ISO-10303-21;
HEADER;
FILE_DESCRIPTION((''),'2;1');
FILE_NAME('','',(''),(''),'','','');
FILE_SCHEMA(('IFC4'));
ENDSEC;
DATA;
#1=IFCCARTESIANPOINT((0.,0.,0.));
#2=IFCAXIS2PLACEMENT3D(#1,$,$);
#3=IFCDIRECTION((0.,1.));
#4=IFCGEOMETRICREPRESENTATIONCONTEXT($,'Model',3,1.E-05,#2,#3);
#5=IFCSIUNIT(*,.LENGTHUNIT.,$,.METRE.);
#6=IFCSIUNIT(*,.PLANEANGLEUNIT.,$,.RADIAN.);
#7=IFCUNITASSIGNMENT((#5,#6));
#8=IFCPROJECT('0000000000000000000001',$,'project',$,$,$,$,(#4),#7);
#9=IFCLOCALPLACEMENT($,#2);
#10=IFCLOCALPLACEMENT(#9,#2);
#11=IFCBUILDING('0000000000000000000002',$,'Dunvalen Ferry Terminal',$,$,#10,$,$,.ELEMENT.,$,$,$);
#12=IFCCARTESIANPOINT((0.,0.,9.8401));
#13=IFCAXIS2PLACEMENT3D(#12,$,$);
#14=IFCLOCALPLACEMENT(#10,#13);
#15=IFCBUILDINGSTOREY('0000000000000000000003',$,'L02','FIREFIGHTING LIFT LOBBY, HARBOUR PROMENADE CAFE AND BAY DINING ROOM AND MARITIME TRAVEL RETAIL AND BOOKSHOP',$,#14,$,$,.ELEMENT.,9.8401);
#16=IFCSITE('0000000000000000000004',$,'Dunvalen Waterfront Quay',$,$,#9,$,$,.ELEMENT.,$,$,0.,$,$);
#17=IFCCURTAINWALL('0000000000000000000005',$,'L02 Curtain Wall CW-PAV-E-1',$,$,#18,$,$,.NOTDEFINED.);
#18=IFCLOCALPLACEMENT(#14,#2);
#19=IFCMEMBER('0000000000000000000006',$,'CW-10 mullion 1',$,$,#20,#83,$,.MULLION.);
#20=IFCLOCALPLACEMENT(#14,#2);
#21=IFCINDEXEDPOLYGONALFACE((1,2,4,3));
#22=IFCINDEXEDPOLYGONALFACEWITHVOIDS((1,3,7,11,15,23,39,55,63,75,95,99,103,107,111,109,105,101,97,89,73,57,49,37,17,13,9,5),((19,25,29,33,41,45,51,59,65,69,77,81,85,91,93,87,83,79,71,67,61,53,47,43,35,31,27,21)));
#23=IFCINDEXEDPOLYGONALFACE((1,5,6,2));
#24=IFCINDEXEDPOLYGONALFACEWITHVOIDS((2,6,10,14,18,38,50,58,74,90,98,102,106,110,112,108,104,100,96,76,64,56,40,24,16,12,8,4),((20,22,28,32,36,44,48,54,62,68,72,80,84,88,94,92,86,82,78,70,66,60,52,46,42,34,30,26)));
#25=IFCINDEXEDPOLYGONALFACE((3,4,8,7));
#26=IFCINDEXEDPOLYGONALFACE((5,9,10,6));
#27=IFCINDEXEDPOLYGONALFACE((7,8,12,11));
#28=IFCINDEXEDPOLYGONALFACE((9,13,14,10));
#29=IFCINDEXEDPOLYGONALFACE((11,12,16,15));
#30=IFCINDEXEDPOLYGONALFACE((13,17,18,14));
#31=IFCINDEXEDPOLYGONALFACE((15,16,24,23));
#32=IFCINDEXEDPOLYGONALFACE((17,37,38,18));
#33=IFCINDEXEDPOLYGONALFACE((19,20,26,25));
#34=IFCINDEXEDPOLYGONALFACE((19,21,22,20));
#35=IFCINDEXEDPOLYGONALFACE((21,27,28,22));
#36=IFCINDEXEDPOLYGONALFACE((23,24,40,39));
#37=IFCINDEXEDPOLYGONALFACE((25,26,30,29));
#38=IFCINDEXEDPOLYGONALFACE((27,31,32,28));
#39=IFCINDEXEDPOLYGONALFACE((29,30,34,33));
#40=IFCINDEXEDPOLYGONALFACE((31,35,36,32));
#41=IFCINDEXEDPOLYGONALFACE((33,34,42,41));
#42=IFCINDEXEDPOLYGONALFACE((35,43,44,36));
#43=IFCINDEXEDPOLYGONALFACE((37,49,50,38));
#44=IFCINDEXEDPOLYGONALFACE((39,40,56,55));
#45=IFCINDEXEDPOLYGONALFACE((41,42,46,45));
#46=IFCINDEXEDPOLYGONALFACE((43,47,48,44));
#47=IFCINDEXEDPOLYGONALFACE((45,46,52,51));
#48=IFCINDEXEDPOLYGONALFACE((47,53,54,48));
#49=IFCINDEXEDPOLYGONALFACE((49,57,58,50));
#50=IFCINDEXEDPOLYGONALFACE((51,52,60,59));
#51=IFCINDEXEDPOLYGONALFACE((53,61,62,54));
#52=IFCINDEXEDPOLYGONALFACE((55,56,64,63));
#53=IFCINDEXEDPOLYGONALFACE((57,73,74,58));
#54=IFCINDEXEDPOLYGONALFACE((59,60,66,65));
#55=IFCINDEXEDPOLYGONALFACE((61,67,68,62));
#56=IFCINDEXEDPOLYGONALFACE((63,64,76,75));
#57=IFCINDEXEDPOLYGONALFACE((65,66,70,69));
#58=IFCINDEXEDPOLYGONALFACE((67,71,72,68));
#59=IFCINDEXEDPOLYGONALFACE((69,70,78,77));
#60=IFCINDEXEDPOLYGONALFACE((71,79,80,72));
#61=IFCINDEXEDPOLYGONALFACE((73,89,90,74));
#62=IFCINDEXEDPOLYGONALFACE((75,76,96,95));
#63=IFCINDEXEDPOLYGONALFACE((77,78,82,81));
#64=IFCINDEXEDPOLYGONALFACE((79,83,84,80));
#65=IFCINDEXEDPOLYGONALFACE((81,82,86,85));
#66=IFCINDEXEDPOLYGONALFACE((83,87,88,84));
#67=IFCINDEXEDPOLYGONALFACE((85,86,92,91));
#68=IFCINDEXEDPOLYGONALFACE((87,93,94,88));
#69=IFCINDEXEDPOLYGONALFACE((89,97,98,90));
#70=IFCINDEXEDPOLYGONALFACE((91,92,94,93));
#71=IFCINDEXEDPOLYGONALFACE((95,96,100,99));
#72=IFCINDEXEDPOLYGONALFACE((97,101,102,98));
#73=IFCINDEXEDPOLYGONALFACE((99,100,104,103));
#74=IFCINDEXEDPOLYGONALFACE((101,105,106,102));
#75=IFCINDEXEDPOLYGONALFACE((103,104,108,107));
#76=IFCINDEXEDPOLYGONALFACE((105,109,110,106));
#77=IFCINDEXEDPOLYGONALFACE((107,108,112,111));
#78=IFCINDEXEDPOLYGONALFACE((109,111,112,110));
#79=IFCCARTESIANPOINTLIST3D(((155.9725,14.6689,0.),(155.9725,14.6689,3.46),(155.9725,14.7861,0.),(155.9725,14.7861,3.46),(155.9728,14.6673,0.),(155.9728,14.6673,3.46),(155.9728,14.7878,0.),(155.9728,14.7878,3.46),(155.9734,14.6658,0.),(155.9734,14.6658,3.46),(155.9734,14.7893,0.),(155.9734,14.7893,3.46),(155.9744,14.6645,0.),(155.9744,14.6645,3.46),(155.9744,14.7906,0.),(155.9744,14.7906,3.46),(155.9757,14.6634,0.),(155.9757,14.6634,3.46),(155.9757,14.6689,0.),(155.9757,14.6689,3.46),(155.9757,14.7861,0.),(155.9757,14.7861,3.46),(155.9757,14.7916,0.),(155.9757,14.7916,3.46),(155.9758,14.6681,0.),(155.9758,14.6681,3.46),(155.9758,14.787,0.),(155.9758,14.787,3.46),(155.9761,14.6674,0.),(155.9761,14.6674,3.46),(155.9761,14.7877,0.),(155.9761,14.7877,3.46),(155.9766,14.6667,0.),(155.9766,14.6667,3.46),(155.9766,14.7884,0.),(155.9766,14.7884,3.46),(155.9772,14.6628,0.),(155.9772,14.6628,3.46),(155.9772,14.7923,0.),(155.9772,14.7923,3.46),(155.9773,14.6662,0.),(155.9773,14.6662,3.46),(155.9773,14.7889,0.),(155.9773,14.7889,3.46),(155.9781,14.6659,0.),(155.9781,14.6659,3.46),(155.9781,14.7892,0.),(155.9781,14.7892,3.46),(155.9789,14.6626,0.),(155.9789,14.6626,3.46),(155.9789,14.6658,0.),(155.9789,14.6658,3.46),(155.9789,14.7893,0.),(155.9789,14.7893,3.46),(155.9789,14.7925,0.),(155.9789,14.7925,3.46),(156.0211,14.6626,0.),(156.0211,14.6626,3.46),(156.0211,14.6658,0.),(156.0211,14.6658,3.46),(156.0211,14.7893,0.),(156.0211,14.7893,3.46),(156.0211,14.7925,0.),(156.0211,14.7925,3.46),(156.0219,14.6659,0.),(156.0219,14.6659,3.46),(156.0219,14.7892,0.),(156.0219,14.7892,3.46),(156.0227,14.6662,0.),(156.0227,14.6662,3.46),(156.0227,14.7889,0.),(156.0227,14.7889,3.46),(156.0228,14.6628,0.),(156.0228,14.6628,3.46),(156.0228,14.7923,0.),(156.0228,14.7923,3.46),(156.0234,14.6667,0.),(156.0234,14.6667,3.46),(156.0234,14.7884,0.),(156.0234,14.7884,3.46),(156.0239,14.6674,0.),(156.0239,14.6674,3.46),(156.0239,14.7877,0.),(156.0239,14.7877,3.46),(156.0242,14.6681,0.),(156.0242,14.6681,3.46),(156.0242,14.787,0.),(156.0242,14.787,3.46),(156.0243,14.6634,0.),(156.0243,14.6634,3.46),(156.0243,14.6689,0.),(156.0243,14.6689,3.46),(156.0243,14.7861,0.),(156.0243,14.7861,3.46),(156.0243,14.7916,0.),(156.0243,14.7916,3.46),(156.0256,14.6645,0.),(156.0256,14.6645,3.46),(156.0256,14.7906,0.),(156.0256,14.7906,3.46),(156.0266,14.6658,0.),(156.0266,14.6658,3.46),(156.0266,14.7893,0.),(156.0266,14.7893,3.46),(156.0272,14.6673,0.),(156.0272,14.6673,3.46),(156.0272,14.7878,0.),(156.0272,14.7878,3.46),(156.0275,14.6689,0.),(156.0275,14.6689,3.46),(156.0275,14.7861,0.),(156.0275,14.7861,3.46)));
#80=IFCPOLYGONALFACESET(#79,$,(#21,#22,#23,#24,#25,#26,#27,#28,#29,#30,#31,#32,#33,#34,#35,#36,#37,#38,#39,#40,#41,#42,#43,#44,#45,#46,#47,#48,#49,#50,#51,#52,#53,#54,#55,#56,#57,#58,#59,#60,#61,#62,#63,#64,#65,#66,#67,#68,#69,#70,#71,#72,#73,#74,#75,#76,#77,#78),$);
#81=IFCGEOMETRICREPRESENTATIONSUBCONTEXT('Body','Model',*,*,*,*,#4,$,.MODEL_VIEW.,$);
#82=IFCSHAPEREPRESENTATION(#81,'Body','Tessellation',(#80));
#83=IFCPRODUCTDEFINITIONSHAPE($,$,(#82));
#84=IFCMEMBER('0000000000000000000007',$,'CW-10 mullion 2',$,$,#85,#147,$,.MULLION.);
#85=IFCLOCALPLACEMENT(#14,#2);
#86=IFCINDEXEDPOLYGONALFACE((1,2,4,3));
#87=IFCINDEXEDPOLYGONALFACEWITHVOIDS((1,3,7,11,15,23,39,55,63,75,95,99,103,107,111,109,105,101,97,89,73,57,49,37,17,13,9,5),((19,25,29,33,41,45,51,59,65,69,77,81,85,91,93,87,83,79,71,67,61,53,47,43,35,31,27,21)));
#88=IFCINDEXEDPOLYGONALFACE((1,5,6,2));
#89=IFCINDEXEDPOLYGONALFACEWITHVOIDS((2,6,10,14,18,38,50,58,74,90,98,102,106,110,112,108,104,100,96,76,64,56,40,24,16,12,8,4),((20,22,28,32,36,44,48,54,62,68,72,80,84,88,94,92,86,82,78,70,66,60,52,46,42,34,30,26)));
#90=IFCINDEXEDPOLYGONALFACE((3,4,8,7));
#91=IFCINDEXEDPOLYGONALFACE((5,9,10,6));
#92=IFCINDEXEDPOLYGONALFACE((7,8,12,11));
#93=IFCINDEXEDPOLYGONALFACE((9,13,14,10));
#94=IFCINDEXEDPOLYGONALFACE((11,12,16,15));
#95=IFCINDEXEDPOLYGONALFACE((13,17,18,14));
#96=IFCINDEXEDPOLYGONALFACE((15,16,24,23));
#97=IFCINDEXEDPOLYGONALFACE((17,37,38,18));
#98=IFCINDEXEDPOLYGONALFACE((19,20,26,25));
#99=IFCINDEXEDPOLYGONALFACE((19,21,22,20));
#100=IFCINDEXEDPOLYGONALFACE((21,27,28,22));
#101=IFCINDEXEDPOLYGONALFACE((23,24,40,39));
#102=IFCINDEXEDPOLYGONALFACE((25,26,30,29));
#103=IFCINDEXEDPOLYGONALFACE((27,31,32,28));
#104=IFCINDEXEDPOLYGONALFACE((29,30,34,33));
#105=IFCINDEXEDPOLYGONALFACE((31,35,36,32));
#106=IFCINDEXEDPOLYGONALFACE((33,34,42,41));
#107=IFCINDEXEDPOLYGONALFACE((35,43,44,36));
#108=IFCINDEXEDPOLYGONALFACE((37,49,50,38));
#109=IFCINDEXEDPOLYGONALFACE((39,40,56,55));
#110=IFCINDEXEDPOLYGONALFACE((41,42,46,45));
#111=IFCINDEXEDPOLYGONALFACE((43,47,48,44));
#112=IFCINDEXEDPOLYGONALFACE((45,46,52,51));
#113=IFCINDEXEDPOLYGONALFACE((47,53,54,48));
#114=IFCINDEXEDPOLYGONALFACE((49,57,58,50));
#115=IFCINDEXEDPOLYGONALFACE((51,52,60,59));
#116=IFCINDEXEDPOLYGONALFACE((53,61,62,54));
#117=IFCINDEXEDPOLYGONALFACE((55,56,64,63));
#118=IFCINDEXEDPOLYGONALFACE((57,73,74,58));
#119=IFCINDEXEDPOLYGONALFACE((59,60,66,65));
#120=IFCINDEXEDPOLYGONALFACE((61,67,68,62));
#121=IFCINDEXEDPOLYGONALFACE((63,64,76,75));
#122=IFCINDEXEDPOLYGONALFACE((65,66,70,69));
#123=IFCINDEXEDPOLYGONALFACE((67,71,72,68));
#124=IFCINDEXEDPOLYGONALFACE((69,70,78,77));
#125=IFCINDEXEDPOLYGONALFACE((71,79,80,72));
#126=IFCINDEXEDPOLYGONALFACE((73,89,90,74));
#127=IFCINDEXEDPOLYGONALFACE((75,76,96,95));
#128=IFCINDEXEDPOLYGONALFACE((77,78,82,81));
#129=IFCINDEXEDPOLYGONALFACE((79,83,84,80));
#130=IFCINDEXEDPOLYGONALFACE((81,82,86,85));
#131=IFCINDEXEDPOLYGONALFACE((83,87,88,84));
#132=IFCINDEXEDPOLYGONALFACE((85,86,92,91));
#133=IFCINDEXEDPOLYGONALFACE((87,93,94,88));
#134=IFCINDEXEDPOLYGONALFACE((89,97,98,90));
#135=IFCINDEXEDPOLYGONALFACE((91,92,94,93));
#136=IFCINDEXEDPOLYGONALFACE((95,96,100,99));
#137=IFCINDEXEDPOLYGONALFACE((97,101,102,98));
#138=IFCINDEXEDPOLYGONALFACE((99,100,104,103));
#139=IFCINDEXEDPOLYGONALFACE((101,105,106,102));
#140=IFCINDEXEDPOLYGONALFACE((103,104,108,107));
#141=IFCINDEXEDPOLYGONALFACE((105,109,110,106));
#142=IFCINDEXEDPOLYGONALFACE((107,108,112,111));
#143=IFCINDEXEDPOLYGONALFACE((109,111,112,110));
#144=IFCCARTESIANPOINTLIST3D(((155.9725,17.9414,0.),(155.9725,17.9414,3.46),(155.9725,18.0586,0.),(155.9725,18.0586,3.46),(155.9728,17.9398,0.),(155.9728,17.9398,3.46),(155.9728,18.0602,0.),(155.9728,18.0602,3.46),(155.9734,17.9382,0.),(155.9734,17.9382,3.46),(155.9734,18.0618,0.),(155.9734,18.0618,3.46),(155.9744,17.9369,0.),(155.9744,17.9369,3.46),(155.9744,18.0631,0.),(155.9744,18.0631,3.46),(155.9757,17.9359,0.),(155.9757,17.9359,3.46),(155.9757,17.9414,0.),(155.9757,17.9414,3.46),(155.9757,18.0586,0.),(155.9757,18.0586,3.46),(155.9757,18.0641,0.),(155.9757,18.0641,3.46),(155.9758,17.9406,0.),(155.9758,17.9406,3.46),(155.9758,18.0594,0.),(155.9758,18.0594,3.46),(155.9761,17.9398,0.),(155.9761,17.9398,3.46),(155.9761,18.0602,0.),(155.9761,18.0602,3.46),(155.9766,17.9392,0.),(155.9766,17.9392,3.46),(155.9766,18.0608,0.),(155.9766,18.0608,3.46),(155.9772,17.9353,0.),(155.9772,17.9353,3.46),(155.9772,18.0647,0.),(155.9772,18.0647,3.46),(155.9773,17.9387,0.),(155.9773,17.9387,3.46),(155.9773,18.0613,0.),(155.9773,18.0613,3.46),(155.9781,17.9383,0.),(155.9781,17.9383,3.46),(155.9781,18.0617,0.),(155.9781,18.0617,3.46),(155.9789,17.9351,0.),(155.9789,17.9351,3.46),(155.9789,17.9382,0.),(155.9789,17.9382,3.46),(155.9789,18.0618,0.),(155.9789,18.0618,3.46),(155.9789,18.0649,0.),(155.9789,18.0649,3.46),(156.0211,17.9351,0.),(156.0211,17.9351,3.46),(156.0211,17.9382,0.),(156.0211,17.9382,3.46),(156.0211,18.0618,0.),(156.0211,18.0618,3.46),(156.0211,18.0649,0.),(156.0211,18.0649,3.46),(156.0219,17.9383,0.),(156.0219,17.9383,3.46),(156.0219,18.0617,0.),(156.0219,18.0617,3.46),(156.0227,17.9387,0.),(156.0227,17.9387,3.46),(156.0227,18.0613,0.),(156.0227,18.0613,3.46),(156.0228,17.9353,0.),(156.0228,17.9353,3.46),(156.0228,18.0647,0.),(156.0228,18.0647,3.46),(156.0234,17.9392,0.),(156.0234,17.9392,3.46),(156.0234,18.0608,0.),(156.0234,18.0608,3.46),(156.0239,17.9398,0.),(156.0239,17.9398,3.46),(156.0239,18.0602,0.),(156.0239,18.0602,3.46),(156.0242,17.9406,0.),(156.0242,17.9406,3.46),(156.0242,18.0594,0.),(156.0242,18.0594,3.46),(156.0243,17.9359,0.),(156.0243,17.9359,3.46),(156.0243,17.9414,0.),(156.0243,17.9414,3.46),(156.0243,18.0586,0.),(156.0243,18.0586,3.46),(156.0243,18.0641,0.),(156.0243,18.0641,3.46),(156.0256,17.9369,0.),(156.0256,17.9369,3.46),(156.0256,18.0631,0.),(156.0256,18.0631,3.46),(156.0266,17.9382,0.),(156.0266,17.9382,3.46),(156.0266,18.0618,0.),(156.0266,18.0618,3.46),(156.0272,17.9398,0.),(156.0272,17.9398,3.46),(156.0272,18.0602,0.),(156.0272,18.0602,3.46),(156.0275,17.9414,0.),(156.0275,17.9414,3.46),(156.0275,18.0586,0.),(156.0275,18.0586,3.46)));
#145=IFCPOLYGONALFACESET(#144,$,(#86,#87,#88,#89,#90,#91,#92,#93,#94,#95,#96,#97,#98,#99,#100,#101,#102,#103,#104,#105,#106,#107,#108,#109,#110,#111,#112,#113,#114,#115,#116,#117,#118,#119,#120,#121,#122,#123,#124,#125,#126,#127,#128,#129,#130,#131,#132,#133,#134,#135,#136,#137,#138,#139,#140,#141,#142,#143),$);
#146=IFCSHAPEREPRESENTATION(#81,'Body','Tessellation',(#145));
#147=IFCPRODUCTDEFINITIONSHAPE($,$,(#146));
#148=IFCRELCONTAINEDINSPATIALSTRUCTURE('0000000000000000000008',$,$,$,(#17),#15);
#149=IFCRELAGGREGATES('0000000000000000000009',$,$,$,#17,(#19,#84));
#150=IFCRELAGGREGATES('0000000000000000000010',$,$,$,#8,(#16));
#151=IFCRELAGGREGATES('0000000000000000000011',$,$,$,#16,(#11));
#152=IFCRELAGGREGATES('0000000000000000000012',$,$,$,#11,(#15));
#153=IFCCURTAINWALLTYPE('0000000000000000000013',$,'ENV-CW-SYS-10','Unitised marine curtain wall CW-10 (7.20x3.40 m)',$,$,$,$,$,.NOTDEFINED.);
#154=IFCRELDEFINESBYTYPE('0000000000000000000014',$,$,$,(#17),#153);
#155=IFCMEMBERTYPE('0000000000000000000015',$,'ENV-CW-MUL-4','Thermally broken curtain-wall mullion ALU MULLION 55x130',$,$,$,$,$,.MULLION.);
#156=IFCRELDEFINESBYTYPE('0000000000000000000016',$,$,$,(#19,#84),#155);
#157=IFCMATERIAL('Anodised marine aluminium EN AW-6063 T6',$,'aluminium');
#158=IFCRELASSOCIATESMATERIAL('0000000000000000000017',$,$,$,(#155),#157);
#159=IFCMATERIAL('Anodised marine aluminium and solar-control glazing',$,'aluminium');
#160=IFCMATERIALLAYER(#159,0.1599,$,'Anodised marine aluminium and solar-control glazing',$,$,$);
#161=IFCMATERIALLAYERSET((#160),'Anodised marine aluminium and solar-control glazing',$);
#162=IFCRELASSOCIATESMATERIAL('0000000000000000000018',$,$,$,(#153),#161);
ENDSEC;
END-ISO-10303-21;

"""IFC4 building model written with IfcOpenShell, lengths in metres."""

from ifc_helpers import new_model, si_unit, direction, frame, origin, origin_2d, place, context, subcontext, project, spatial, hollow_rectangle, extrude, material, layer, layer_set, material_profile, profile_set, type_object, element, aggregate, save


model = new_model("IFC4")

# Units and contexts
model_context = context("Model", 3, precision=1e-05, world=origin(), true_north=direction((0.0, 1.0)))
body_context = subcontext(model_context, "Body", "Model", "MODEL_VIEW")
ifc_project = project(units=[si_unit("LENGTHUNIT", "METRE"), si_unit("PLANEANGLEUNIT", "RADIAN")], contexts=[model_context])

# Site, building, storey
site_placement = place(None, origin())
site = spatial("IfcSite", under=ifc_project, at=site_placement, Name="Dunvalen Waterfront Quay", CompositionType="ELEMENT", RefElevation=0.0)
building_placement = place(site_placement, origin())
building = spatial("IfcBuilding", under=site, at=building_placement, Name="Dunvalen Ferry Terminal", CompositionType="ELEMENT")
storey_placement = place(building_placement, frame((0.0, 0.0, 9.8401)))
storey = spatial("IfcBuildingStorey", under=building, at=storey_placement, Name="L02", Description="FIREFIGHTING LIFT LOBBY, HARBOUR PROMENADE CAFE AND BAY DINING ROOM AND MARITIME TRAVEL RETAIL AND BOOKSHOP", CompositionType="ELEMENT", Elevation=9.8401)

# Shared definitions
ifc_material_1 = material(Name="Anodised marine aluminium and solar-control glazing", Category="aluminium")
ifc_material_2 = material(Name="Anodised marine aluminium EN AW-6063 T6", Category="aluminium")
ifc_material_profile_1 = material_profile(ifc_material_2, hollow_rectangle(XDim=0.0549, YDim=0.1299, WallThickness=0.0032, InnerFilletRadius=0.0032, OuterFilletRadius=0.0063, at=origin_2d()), Name="Anodised marine aluminium EN AW-6063 T6")
ifc_profile_set_1 = profile_set([ifc_material_profile_1], Name="Anodised marine aluminium EN AW-6063 T6")
member_type_1 = type_object("IfcMemberType", Name="ENV-CW-MUL-4", Description="Thermally broken curtain-wall mullion ALU MULLION 55x130", PredefinedType="MULLION", material=ifc_profile_set_1)

# Curtain wall, members
ifc_layer_1 = layer(ifc_material_1, 0.1599, Name="Anodised marine aluminium and solar-control glazing")
ifc_layer_set_1 = layer_set([ifc_layer_1], Name="Anodised marine aluminium and solar-control glazing")
curtain_wall_type_1 = type_object("IfcCurtainWallType", Name="ENV-CW-SYS-10", Description="Unitised marine curtain wall CW-10 (7.20x3.40 m)", PredefinedType="NOTDEFINED", material=ifc_layer_set_1)
curtain_wall_1_placement = place(storey_placement, origin())
curtain_wall_1 = element("IfcCurtainWall", 1, at=curtain_wall_1_placement, inside=storey, type_object=curtain_wall_type_1, Name="L02 Curtain Wall CW-PAV-E-1", PredefinedType="NOTDEFINED")
member_1_placement = place(storey_placement, frame((156.0, 14.7275, 0.0), z_axis=(0.0, 0.0, 1.0), x_axis=(-1.0, 0.0, 0.0)))
member_1 = element("IfcMember", 2, at=member_1_placement, type_object=member_type_1, Name="CW-10 mullion 1", PredefinedType="MULLION", context=body_context, shape_type="SweptSolid", body=[
    extrude(hollow_rectangle(XDim=0.0549, YDim=0.1299, WallThickness=0.0032, InnerFilletRadius=0.0032, OuterFilletRadius=0.0063, at=origin_2d()), origin(), (0.0, 0.0, 1.0), 3.46),
])
member_2_placement = place(storey_placement, frame((156.0, 18.0, 0.0), z_axis=(0.0, 0.0, 1.0), x_axis=(-1.0, 0.0, 0.0)))
member_2 = element("IfcMember", 3, at=member_2_placement, type_object=member_type_1, Name="CW-10 mullion 2", PredefinedType="MULLION", context=body_context, shape_type="SweptSolid", body=[
    extrude(hollow_rectangle(XDim=0.0549, YDim=0.1299, WallThickness=0.0032, InnerFilletRadius=0.0032, OuterFilletRadius=0.0063, at=origin_2d()), origin(), (0.0, 0.0, 1.0), 3.46),
])

aggregate(curtain_wall_1, [member_1, member_2])

save(model, "model.ifc")
